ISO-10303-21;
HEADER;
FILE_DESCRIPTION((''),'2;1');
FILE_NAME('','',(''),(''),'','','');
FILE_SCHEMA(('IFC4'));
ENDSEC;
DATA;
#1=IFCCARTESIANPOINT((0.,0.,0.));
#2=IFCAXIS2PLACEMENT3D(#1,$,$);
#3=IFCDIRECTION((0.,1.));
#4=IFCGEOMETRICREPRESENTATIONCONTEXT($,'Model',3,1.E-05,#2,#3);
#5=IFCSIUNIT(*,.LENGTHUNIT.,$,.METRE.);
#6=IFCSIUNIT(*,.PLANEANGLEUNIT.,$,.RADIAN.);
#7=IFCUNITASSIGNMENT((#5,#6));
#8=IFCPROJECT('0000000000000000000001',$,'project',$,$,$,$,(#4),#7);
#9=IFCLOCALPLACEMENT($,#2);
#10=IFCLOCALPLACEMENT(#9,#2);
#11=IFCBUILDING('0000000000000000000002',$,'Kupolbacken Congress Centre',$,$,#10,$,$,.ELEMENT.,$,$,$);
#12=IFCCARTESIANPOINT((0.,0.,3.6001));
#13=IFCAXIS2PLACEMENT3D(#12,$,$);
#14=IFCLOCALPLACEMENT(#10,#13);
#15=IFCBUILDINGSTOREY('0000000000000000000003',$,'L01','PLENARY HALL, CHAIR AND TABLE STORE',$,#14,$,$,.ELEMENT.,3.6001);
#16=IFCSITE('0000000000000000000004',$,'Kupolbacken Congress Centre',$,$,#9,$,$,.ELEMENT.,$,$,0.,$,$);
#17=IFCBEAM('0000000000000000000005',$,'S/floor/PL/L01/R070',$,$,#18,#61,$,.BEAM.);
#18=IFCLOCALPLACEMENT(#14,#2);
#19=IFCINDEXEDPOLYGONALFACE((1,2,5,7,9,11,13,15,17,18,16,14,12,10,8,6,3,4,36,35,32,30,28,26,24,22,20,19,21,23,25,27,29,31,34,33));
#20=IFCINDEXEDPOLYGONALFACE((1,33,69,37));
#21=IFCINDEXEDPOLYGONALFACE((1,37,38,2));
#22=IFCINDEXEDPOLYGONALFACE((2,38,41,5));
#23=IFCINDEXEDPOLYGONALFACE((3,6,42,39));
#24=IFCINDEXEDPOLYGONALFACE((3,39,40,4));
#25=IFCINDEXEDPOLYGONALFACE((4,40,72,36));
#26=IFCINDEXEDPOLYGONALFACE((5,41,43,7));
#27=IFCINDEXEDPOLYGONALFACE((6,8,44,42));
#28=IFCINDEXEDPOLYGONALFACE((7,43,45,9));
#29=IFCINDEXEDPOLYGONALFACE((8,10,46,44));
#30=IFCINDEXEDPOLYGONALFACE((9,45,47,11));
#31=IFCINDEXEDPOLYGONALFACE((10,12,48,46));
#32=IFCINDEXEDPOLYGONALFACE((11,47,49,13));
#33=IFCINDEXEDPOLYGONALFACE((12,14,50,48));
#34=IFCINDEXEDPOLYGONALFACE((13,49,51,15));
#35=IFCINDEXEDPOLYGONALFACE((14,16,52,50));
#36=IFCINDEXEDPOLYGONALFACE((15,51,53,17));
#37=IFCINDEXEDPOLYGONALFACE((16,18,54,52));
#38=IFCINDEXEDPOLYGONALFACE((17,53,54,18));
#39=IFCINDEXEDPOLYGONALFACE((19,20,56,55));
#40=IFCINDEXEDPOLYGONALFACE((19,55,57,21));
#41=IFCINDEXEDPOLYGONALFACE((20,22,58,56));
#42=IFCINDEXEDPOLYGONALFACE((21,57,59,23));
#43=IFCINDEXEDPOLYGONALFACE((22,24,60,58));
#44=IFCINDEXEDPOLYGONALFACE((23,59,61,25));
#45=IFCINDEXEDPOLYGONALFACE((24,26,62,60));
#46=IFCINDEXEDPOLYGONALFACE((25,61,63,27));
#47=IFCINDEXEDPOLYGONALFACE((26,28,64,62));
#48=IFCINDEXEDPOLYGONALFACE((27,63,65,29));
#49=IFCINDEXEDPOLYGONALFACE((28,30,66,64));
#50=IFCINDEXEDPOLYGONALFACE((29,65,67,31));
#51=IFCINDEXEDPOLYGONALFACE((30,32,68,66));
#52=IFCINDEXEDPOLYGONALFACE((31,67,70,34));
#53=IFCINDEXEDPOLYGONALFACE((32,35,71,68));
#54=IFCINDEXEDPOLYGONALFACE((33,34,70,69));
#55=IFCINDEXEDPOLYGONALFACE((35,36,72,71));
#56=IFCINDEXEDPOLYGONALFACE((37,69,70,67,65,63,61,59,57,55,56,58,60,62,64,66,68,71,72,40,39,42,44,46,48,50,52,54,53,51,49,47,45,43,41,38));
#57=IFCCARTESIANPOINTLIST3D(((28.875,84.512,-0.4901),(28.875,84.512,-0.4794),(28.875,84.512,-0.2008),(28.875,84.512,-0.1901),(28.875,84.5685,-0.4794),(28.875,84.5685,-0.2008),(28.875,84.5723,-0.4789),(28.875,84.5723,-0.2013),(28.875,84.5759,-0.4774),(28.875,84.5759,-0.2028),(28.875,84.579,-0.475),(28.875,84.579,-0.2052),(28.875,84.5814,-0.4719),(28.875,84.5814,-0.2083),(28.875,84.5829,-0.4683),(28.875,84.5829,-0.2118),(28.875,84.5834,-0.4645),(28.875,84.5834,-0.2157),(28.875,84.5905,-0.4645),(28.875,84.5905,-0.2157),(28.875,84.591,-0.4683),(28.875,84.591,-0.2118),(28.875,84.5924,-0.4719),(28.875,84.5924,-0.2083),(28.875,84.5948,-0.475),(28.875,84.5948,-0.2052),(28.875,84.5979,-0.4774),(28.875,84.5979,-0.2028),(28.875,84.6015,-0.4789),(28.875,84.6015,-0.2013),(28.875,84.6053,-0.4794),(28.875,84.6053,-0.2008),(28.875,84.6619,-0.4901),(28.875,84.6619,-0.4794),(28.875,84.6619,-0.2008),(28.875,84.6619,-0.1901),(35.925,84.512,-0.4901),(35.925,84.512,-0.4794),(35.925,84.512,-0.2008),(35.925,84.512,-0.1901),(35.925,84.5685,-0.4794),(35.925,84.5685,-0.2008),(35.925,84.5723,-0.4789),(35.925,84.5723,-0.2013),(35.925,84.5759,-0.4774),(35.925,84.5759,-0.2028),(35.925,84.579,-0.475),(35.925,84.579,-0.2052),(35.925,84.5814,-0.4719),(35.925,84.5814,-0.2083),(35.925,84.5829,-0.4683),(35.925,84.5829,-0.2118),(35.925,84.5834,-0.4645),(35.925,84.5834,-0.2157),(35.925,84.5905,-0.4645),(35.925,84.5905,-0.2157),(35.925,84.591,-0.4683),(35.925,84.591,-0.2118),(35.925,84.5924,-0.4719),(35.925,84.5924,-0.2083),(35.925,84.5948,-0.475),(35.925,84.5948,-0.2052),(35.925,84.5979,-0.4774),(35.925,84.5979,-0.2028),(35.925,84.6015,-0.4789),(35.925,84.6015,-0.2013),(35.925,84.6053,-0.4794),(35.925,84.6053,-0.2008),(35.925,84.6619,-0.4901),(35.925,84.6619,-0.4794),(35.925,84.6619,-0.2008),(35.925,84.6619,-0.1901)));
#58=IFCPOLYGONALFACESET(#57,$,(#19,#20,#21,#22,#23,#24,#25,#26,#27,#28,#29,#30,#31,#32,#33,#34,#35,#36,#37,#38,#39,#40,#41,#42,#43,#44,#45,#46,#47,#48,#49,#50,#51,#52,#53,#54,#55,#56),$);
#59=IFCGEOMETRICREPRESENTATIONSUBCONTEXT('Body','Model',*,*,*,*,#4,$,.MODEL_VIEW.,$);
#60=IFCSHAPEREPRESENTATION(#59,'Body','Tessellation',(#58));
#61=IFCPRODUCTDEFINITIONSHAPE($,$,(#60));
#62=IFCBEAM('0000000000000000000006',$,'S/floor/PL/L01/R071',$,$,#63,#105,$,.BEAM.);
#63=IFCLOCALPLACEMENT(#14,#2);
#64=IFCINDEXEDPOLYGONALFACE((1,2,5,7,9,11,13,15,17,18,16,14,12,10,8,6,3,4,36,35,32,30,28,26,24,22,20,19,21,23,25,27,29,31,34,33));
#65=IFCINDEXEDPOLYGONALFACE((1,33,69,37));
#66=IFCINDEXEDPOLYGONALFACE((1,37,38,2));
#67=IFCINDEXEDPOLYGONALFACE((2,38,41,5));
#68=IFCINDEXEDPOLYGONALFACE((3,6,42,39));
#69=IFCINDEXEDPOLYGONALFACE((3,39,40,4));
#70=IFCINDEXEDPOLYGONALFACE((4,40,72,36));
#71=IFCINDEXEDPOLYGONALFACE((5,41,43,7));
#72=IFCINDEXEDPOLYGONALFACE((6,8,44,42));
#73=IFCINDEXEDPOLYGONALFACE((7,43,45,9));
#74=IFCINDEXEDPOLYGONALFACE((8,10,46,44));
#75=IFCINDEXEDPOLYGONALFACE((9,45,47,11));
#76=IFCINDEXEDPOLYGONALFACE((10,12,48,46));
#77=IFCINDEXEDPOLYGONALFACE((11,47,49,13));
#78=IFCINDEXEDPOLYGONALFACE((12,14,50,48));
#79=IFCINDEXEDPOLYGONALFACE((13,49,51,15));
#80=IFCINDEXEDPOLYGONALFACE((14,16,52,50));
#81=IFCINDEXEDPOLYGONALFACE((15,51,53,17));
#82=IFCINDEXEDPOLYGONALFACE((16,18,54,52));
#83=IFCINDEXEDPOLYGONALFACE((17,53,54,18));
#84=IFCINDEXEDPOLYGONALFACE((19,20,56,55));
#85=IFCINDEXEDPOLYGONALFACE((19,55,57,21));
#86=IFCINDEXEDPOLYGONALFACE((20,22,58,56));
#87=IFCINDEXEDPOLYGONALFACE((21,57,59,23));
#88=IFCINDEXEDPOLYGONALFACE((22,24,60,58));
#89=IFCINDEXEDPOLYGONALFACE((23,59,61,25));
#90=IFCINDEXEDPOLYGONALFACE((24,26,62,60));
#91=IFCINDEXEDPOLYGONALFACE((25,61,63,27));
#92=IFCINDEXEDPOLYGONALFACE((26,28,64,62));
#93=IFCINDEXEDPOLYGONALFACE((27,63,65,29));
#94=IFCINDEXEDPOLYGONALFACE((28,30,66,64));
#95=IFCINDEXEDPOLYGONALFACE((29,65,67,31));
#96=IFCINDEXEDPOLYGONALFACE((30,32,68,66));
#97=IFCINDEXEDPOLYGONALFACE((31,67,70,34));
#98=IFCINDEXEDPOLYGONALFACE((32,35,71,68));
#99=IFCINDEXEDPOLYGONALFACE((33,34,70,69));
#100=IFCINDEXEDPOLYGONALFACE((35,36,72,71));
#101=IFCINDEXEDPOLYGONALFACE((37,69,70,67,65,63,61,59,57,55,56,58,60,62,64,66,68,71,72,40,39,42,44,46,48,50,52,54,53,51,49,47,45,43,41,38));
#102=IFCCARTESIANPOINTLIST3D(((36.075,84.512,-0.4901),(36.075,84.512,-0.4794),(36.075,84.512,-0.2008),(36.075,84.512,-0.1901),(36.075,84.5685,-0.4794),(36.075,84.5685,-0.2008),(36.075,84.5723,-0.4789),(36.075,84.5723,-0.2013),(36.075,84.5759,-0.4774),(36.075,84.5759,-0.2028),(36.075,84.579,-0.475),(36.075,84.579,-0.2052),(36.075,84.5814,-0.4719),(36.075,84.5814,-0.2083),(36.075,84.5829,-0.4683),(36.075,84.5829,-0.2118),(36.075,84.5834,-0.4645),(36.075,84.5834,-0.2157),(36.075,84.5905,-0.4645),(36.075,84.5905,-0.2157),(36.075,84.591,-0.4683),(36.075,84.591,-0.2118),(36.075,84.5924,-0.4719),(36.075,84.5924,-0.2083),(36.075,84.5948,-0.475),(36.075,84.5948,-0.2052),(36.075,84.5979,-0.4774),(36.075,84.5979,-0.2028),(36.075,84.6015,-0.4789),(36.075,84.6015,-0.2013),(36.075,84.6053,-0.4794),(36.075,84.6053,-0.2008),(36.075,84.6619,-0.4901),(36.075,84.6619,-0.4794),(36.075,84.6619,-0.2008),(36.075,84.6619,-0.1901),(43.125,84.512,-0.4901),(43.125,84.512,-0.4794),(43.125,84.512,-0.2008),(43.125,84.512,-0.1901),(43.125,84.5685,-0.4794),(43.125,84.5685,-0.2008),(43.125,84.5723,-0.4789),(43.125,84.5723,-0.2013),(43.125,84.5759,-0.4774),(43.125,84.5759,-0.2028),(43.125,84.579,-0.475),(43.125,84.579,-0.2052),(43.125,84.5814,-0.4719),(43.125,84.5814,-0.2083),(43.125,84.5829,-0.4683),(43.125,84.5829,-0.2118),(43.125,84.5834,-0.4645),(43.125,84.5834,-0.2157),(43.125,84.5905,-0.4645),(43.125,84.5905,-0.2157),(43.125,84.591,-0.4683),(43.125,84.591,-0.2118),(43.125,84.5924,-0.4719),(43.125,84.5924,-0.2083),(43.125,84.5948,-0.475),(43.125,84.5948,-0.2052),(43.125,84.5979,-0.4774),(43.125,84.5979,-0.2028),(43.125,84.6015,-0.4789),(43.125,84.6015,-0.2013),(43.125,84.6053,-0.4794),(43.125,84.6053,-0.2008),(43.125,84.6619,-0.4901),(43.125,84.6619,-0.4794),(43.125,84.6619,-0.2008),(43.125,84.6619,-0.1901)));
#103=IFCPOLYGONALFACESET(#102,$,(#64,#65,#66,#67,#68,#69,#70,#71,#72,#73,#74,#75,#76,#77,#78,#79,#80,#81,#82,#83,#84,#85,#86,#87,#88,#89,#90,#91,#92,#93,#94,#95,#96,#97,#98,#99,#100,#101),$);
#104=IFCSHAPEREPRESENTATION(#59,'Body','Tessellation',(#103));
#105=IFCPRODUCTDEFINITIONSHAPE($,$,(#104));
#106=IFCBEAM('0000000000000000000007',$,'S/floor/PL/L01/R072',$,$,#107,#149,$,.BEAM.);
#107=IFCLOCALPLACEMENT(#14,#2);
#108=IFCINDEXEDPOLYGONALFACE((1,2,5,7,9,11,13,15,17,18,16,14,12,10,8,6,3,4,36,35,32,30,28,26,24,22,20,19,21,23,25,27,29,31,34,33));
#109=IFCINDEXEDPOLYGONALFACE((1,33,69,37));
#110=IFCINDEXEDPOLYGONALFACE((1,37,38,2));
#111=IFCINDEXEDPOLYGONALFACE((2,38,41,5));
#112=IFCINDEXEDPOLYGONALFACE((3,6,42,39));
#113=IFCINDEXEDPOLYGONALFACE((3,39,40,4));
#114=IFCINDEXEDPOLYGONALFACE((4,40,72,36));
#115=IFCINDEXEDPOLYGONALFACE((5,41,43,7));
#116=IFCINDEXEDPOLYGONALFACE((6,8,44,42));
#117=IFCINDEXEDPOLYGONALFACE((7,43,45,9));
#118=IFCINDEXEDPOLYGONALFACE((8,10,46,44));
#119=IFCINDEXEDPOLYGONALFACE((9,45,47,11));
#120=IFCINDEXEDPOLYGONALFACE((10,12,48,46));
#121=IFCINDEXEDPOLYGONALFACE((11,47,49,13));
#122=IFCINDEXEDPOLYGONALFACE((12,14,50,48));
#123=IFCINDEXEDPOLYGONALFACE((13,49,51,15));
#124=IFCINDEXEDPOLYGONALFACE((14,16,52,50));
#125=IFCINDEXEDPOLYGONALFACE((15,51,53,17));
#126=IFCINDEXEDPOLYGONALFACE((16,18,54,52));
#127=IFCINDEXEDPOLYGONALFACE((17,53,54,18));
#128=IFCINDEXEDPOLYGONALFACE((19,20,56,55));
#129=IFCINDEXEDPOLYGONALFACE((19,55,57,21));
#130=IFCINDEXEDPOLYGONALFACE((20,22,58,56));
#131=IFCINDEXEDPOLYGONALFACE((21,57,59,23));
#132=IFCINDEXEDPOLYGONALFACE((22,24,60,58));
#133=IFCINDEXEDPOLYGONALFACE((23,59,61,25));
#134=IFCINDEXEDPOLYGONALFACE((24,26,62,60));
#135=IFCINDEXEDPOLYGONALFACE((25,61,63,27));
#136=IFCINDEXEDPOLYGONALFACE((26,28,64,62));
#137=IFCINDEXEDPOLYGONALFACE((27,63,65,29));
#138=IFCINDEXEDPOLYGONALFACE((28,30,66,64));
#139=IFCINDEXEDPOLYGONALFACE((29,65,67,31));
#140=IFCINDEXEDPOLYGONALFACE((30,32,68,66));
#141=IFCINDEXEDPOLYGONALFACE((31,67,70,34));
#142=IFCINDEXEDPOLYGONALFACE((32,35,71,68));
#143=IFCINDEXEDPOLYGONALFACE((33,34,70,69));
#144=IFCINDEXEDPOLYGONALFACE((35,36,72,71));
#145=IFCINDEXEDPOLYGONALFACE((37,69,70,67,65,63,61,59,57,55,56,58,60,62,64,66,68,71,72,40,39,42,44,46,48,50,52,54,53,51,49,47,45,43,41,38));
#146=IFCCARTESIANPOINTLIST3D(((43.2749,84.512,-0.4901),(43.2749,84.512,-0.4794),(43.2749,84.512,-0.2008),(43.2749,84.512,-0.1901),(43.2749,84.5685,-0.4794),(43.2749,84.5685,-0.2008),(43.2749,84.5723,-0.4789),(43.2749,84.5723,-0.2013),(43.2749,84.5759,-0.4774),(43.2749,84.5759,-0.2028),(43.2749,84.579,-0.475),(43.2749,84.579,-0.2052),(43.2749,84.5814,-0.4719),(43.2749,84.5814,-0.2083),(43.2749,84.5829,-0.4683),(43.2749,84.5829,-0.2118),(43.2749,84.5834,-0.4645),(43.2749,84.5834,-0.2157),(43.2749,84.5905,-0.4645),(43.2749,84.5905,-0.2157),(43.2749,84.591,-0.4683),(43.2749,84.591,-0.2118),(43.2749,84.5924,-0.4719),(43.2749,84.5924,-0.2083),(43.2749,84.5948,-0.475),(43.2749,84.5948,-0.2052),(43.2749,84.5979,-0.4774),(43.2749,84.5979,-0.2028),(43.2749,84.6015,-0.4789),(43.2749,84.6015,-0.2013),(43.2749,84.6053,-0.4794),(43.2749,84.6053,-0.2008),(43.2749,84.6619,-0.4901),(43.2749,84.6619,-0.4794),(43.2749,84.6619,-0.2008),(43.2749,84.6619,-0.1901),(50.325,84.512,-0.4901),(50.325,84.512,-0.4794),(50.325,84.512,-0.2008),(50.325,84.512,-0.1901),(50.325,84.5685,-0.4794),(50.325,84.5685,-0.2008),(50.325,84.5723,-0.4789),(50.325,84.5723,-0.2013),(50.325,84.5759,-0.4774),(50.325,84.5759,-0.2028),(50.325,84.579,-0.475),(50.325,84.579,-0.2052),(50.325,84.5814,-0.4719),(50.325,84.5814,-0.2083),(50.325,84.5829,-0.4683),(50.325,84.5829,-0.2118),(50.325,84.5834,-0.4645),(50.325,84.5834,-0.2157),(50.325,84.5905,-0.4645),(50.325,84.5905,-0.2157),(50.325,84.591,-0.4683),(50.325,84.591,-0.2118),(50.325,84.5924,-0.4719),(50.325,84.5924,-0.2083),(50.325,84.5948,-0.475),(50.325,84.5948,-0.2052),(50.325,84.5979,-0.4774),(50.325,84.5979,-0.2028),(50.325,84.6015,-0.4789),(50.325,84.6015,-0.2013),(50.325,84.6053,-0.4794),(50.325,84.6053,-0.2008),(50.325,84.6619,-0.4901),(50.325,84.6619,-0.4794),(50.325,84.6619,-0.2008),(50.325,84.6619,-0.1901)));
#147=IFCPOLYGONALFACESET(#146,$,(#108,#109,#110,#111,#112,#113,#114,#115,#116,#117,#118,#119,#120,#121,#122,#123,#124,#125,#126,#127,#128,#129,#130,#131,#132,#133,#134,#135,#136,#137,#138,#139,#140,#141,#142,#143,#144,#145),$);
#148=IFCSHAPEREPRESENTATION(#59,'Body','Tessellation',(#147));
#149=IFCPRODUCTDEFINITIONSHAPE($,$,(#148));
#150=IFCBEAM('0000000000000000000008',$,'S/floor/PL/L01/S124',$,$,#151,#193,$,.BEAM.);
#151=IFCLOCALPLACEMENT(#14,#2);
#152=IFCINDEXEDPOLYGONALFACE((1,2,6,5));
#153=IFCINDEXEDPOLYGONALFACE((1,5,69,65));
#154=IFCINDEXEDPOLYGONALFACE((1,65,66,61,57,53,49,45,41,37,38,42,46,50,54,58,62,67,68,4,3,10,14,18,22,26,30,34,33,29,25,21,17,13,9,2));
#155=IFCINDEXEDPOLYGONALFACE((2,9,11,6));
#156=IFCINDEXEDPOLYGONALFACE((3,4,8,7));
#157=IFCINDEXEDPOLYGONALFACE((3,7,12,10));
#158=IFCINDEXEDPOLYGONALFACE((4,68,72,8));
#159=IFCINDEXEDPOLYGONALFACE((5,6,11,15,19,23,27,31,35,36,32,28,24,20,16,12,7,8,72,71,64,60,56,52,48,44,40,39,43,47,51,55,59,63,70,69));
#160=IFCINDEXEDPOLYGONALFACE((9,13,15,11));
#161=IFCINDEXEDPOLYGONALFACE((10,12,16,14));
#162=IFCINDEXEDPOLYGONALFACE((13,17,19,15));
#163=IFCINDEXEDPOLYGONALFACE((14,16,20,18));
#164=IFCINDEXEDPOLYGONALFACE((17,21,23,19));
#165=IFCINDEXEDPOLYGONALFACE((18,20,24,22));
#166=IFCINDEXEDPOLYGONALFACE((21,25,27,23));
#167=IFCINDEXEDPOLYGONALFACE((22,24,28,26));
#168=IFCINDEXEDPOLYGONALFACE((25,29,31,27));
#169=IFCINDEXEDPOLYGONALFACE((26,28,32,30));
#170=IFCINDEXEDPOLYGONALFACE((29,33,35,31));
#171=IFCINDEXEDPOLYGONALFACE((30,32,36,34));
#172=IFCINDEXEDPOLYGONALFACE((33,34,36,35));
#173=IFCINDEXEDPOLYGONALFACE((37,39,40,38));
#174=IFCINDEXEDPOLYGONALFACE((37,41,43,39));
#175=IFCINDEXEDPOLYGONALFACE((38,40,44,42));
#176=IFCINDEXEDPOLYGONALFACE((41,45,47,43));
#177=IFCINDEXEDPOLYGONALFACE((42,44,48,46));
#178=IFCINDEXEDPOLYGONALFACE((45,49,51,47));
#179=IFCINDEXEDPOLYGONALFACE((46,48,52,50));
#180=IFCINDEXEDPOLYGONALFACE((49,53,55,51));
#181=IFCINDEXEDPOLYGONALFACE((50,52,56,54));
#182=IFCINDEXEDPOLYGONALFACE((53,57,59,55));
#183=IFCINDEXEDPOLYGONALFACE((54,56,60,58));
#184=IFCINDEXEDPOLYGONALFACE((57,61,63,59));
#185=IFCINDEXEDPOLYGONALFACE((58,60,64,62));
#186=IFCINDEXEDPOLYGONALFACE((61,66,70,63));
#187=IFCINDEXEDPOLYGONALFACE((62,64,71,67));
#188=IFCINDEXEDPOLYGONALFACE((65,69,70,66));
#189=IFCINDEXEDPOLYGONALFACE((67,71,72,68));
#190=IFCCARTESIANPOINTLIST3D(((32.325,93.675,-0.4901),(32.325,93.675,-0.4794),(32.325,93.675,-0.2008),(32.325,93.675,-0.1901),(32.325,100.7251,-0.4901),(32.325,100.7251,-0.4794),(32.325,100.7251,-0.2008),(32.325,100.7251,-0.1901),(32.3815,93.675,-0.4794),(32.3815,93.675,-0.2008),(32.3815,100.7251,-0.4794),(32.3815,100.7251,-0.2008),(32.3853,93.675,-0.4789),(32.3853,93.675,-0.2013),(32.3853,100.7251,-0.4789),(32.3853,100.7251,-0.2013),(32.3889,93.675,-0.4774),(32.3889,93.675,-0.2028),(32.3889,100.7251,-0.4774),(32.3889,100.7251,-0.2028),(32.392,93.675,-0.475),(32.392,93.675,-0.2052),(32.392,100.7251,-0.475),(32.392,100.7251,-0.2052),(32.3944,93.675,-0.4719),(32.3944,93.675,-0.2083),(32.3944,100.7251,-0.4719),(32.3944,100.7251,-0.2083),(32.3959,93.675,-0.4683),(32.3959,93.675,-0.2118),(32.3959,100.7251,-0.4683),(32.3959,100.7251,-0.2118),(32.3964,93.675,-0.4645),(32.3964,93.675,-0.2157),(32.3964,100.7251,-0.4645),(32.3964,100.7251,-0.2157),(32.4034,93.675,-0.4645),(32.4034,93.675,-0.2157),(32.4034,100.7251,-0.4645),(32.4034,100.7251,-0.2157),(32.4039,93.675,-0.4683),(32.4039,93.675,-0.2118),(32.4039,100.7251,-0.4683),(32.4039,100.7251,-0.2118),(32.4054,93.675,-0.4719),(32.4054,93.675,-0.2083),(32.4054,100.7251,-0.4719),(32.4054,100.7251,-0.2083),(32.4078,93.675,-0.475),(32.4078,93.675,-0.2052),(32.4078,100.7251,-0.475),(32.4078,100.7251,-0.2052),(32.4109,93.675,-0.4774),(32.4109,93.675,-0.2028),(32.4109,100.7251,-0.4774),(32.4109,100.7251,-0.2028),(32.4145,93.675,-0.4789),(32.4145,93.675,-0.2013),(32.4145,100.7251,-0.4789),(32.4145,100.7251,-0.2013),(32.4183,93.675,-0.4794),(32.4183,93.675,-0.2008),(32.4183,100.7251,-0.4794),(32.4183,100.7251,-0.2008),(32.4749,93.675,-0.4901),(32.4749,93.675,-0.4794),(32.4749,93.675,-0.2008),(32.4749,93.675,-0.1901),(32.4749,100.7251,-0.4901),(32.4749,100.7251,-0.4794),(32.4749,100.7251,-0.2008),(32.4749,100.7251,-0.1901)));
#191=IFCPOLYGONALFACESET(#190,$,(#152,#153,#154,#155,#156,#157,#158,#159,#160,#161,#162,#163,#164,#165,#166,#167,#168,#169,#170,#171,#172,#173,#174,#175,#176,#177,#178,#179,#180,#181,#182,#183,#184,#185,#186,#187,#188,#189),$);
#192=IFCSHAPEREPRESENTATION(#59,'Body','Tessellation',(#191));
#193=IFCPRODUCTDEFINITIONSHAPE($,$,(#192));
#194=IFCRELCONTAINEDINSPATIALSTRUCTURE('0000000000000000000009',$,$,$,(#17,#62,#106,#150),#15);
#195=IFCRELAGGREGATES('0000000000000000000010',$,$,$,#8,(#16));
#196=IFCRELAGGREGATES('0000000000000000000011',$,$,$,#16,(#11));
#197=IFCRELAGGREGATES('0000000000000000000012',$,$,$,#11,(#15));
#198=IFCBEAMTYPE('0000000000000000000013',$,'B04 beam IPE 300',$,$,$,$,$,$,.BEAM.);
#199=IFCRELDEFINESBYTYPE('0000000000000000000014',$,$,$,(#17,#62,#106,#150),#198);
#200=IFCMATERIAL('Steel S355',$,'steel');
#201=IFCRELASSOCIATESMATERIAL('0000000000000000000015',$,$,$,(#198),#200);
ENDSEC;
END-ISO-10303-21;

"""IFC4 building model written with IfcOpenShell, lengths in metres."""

from ifc_helpers import new_model, si_unit, direction, frame, origin, origin_2d, place, context, subcontext, project, spatial, i_section, extrude, material, material_profile, profile_set, type_object, element, save


model = new_model("IFC4")

# Units and contexts
model_context = context("Model", 3, precision=1e-05, world=origin(), true_north=direction((0.0, 1.0)))
body_context = subcontext(model_context, "Body", "Model", "MODEL_VIEW")
ifc_project = project(units=[si_unit("LENGTHUNIT", "METRE"), si_unit("PLANEANGLEUNIT", "RADIAN")], contexts=[model_context])

# Site, building, storey
site_placement = place(None, origin())
site = spatial("IfcSite", under=ifc_project, at=site_placement, Name="Kupolbacken Congress Centre", CompositionType="ELEMENT", RefElevation=0.0)
building_placement = place(site_placement, origin())
building = spatial("IfcBuilding", under=site, at=building_placement, Name="Kupolbacken Congress Centre", CompositionType="ELEMENT")
storey_placement = place(building_placement, frame((0.0, 0.0, 3.6001)))
storey = spatial("IfcBuildingStorey", under=building, at=storey_placement, Name="L01", Description="PLENARY HALL, CHAIR AND TABLE STORE", CompositionType="ELEMENT", Elevation=3.6001)

# Beams
ifc_material_1 = material(Name="Steel S355", Category="steel")
ifc_material_profile_1 = material_profile(ifc_material_1, i_section(OverallWidth=0.1499, OverallDepth=0.3, WebThickness=0.0071, FlangeThickness=0.0107, FilletRadius=0.0149, at=origin_2d()), Name="IPE 300")
ifc_profile_set_1 = profile_set([ifc_material_profile_1], Name="Steel S355")
beam_type_1 = type_object("IfcBeamType", Name="B04 beam IPE 300", PredefinedType="BEAM", material=ifc_profile_set_1)
for number, where, z_axis, x_axis, name in (
    (1, (28.875, 84.5869, -0.3401), (1.0, 0.0, 0.0), (0.0, 1.0, 0.0), "S/floor/PL/L01/R070"),
    (2, (36.075, 84.5869, -0.3401), (1.0, 0.0, 0.0), (0.0, 1.0, 0.0), "S/floor/PL/L01/R071"),
    (3, (43.2749, 84.5869, -0.3401), (1.0, 0.0, 0.0), (0.0, 1.0, 0.0), "S/floor/PL/L01/R072"),
    (4, (32.3999, 93.675, -0.3401), (0.0, 1.0, 0.0), (-1.0, 0.0, 0.0), "S/floor/PL/L01/S124"),
):
    element("IfcBeam", number, at=place(storey_placement, frame(where, z_axis=z_axis, x_axis=x_axis)), inside=storey, type_object=beam_type_1, Name=name, PredefinedType="BEAM", context=body_context, shape_type="SweptSolid", body=[
        extrude(i_section(OverallWidth=0.1499, OverallDepth=0.3, WebThickness=0.0071, FlangeThickness=0.0107, FilletRadius=0.0149, at=origin_2d()), origin(), (0.0, 0.0, 1.0), 7.05),
    ])

save(model, "model.ifc")
